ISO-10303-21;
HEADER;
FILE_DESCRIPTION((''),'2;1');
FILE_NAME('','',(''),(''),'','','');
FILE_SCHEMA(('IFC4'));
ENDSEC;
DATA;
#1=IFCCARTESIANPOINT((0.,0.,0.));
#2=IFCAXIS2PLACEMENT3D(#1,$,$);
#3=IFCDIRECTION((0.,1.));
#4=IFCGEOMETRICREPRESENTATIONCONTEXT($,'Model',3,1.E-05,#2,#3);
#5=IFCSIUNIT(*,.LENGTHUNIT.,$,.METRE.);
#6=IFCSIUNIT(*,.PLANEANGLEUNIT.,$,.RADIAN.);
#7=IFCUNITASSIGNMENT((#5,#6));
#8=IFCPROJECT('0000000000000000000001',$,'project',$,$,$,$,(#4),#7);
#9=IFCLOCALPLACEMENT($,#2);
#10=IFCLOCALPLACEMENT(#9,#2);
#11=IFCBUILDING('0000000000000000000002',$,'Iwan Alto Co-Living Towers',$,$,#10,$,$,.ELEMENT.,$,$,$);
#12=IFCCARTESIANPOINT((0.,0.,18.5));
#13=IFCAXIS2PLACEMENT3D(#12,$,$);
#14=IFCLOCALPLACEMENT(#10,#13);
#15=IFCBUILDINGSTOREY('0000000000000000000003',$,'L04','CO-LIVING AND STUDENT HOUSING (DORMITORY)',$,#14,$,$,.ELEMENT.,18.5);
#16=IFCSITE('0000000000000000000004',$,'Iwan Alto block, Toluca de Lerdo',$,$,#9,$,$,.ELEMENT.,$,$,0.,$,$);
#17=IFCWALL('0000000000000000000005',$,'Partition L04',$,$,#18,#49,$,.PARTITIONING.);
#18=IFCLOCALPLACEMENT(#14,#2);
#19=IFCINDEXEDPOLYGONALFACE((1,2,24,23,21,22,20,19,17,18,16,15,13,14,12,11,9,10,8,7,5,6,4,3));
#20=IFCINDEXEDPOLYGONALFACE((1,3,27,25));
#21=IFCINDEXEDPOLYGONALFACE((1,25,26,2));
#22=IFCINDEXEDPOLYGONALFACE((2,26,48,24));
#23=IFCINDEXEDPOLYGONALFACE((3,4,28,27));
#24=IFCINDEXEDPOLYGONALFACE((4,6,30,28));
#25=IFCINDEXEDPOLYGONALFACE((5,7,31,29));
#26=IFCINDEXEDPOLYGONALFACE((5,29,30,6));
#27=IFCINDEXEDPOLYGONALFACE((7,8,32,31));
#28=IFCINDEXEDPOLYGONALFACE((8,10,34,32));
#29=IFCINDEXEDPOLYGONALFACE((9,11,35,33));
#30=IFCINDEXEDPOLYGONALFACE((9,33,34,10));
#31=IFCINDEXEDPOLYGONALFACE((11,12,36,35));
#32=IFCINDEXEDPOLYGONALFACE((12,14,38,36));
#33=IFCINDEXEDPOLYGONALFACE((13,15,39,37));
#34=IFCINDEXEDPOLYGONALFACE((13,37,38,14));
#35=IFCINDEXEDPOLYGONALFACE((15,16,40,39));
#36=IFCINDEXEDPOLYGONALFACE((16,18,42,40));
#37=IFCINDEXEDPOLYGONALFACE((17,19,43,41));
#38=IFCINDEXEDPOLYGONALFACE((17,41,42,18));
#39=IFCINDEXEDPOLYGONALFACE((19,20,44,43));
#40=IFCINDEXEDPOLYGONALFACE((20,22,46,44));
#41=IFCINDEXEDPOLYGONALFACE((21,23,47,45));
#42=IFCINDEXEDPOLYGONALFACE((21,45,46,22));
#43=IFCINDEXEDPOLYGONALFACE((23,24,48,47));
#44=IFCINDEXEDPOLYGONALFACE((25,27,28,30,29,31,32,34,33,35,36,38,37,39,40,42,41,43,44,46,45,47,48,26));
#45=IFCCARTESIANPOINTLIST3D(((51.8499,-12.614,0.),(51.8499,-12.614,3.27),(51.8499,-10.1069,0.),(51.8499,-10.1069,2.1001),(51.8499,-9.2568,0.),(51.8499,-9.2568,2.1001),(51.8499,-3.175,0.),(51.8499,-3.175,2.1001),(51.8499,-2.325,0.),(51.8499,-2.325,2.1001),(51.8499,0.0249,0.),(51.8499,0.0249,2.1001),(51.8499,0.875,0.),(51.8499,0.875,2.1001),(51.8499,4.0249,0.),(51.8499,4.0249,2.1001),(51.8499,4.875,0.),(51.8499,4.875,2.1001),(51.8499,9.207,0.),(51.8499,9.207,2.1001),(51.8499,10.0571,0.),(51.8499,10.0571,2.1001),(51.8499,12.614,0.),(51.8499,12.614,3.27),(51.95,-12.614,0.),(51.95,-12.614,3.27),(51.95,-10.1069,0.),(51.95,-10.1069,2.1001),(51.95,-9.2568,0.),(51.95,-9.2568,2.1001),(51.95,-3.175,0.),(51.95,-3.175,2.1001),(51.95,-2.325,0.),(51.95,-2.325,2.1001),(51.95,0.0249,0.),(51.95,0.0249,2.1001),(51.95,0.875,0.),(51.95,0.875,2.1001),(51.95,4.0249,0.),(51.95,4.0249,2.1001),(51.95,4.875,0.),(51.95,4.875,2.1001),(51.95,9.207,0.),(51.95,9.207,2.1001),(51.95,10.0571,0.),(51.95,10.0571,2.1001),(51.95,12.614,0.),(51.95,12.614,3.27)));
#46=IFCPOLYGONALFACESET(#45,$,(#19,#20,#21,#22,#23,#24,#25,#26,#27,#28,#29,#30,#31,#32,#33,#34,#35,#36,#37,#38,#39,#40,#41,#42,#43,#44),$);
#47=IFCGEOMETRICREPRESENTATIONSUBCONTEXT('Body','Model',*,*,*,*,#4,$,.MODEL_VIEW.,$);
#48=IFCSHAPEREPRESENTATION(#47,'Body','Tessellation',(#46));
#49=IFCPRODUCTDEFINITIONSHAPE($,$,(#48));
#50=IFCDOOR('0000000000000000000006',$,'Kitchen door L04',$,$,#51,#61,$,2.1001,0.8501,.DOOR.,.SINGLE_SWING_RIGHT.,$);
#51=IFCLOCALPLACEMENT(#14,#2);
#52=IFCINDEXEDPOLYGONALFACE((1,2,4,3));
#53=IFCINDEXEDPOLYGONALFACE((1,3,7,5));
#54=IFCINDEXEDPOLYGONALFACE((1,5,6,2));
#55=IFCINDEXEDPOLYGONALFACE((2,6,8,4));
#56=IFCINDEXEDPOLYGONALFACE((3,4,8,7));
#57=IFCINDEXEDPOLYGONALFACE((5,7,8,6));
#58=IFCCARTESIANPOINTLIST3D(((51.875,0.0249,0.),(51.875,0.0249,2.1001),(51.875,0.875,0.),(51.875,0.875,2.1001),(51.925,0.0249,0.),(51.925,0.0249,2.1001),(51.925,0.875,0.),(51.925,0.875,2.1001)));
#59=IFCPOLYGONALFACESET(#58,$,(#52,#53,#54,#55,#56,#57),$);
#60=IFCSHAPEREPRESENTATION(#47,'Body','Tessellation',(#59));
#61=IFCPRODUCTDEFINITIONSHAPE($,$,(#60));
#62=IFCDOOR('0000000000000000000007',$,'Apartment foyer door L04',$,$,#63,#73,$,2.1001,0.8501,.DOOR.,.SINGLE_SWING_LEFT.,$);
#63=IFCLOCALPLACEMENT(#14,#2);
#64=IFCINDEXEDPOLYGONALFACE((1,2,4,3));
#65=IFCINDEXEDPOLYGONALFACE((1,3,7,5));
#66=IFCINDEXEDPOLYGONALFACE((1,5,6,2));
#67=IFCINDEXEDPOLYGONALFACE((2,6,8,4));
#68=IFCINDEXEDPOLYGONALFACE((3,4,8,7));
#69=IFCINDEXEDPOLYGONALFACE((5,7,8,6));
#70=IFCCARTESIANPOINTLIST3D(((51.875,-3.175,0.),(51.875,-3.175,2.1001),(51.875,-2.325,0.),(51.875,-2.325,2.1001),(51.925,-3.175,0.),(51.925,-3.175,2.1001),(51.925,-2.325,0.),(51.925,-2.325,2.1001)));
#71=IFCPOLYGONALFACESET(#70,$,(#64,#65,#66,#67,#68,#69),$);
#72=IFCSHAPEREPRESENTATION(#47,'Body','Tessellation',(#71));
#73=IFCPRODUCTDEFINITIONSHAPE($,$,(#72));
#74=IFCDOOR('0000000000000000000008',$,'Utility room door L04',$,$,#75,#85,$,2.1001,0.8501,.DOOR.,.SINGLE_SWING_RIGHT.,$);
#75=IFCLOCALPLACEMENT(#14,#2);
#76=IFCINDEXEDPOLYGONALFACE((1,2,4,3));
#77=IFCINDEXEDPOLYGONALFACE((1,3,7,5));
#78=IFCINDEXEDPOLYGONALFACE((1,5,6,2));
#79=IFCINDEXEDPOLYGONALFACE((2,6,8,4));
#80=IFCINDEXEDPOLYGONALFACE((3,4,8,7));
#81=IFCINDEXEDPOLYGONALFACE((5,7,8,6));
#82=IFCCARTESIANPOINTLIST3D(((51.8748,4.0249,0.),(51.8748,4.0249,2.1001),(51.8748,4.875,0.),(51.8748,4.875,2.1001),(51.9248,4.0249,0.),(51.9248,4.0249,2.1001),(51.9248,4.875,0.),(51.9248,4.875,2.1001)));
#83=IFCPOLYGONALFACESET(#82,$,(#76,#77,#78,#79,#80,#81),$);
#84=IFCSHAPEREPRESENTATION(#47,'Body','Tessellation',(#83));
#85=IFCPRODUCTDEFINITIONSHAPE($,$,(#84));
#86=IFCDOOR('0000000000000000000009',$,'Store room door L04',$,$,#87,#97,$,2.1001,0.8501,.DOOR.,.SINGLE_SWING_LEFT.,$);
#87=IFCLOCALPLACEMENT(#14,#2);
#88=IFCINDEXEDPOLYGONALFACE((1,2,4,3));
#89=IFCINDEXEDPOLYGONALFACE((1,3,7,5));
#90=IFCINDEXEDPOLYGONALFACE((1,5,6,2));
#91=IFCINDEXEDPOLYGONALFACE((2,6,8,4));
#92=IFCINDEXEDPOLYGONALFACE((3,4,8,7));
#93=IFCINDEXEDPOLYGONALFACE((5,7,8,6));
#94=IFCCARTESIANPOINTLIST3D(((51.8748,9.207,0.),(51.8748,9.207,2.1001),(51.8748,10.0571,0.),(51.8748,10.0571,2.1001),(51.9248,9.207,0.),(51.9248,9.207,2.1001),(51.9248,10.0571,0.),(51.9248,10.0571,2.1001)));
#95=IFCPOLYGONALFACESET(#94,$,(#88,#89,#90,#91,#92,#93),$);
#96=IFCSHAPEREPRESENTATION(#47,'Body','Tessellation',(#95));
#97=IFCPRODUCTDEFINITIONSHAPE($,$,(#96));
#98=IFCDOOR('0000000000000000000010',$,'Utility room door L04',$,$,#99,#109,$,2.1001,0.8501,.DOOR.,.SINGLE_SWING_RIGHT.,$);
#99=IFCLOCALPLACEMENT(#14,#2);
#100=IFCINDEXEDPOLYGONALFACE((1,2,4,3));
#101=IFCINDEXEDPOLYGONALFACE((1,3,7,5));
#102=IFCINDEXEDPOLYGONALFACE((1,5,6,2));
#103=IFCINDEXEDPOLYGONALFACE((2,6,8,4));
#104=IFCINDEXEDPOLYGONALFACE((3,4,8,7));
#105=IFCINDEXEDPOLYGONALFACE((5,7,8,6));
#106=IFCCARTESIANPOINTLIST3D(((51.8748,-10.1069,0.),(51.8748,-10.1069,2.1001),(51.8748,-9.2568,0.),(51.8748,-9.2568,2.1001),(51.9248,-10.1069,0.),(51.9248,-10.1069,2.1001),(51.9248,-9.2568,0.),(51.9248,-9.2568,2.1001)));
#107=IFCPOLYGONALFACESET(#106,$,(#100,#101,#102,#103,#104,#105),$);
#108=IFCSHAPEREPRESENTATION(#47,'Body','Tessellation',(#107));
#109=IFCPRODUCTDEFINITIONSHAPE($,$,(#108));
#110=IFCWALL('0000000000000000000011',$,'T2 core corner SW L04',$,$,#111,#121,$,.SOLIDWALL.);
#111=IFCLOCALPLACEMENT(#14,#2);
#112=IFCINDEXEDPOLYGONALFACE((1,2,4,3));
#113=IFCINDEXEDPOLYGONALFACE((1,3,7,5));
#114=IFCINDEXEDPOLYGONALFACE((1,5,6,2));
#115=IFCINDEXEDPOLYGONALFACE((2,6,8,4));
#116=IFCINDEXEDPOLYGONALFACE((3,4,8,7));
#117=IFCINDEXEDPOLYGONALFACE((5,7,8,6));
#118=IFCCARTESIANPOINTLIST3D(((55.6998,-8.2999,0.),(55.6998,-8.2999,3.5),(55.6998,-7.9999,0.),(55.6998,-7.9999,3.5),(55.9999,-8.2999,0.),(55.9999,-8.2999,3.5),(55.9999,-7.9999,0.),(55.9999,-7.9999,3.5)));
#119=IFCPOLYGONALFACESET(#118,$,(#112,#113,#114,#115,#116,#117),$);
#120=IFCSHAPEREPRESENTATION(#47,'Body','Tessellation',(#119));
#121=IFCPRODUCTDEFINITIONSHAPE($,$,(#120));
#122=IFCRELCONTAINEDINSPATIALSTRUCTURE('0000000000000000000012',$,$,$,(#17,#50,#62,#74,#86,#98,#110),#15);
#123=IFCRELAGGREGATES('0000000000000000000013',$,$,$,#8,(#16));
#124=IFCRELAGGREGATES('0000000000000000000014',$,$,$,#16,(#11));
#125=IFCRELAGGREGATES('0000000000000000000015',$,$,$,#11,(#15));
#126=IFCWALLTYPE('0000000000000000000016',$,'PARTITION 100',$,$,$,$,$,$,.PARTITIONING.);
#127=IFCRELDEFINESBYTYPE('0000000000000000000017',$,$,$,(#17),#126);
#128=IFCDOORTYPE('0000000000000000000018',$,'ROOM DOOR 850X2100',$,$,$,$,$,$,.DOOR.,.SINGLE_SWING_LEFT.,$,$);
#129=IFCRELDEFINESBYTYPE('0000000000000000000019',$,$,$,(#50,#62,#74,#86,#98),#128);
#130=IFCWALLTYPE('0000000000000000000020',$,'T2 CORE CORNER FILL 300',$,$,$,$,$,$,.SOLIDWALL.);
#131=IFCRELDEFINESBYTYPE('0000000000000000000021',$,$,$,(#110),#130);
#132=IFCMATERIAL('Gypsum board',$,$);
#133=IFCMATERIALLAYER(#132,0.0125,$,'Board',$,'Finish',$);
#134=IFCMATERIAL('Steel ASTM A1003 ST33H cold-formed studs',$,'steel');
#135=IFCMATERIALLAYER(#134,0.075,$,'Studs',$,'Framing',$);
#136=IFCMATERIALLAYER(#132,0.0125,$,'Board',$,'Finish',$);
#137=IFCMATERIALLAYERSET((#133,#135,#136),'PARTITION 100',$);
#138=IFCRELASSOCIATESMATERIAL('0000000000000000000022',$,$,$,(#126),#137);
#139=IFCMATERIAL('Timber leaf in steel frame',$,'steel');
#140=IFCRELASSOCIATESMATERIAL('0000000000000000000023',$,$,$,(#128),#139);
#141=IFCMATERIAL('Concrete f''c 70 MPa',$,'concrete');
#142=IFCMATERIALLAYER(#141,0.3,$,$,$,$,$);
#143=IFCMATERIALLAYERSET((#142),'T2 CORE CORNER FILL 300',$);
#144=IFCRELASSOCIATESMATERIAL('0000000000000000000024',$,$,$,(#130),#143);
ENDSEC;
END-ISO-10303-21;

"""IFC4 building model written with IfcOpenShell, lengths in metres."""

from ifc_helpers import new_model, si_unit, direction, frame, frame_2d, origin, place, context, subcontext, project, spatial, rectangle, extrude, material, layer, layer_set, type_object, element, fill, save


model = new_model("IFC4")

# Units and contexts
model_context = context("Model", 3, precision=1e-05, world=origin(), true_north=direction((0.0, 1.0)))
body_context = subcontext(model_context, "Body", "Model", "MODEL_VIEW")
ifc_project = project(units=[si_unit("LENGTHUNIT", "METRE"), si_unit("PLANEANGLEUNIT", "RADIAN")], contexts=[model_context])

# Site, building, storey
site_placement = place(None, origin())
site = spatial("IfcSite", under=ifc_project, at=site_placement, Name="Iwan Alto block, Toluca de Lerdo", CompositionType="ELEMENT", RefElevation=0.0)
building_placement = place(site_placement, origin())
building = spatial("IfcBuilding", under=site, at=building_placement, Name="Iwan Alto Co-Living Towers", CompositionType="ELEMENT")
storey_placement = place(building_placement, frame((0.0, 0.0, 18.5)))
storey = spatial("IfcBuildingStorey", under=building, at=storey_placement, Name="L04", Description="CO-LIVING AND STUDENT HOUSING (DORMITORY)", CompositionType="ELEMENT", Elevation=18.5)

# Shared definitions
ifc_material_1 = material(Name="Gypsum board")
ifc_material_2 = material(Name="Steel ASTM A1003 ST33H cold-formed studs", Category="steel")

# Wall, openings, doors
ifc_layer_1 = layer(ifc_material_1, 0.0125, Name="Board", Category="Finish")
ifc_layer_2 = layer(ifc_material_2, 0.075, Name="Studs", Category="Framing")
ifc_layer_3 = layer(ifc_material_1, 0.0125, Name="Board", Category="Finish")
ifc_layer_set_1 = layer_set([ifc_layer_1, ifc_layer_2, ifc_layer_3], Name="PARTITION 100")
wall_type_1 = type_object("IfcWallType", Name="PARTITION 100", PredefinedType="PARTITIONING", material=ifc_layer_set_1)
wall_1_placement = place(storey_placement, frame((51.8999, -12.614, 0.0), z_axis=(0.0, 0.0, 1.0), x_axis=(0.0, 1.0, 0.0)))
wall_1 = element("IfcWall", 1, at=wall_1_placement, inside=storey, type_object=wall_type_1, Name="Partition L04", PredefinedType="PARTITIONING", context=body_context, shape_type="SweptSolid", body=[
    extrude(rectangle(XDim=25.228, YDim=0.1001, at=frame_2d((12.614, 0.0))), origin(), (0.0, 0.0, 1.0), 3.27),
])
opening_1_placement = place(wall_1_placement, frame((12.6389, 0.0, 0.0)))
opening_1 = element("IfcOpeningElement", 2, at=opening_1_placement, cuts=wall_1, PredefinedType="OPENING", context=body_context, shape_type="SweptSolid", body=[
    extrude(rectangle(XDim=0.8501, YDim=2.1001, at=frame_2d((0.425, 1.05))), frame((0.0, 0.0601, 0.0), z_axis=(0.0, -1.0, 0.0), x_axis=(1.0, 0.0, 0.0)), (0.0, 0.0, 1.0), 0.1201),
])
opening_2_placement = place(wall_1_placement, frame((9.439, 0.0, 0.0)))
opening_2 = element("IfcOpeningElement", 3, at=opening_2_placement, cuts=wall_1, PredefinedType="OPENING", context=body_context, shape_type="SweptSolid", body=[
    extrude(rectangle(XDim=0.8501, YDim=2.1001, at=frame_2d((0.425, 1.05))), frame((0.0, 0.0601, 0.0), z_axis=(0.0, -1.0, 0.0), x_axis=(1.0, 0.0, 0.0)), (0.0, 0.0, 1.0), 0.1201),
])
opening_3_placement = place(wall_1_placement, frame((16.6389, 0.0, 0.0)))
opening_3 = element("IfcOpeningElement", 4, at=opening_3_placement, cuts=wall_1, PredefinedType="OPENING", context=body_context, shape_type="SweptSolid", body=[
    extrude(rectangle(XDim=0.8501, YDim=2.1001, at=frame_2d((0.425, 1.05))), frame((0.0, 0.0601, 0.0), z_axis=(0.0, -1.0, 0.0), x_axis=(1.0, 0.0, 0.0)), (0.0, 0.0, 1.0), 0.1201),
])
opening_4_placement = place(wall_1_placement, frame((21.821, 0.0, 0.0)))
opening_4 = element("IfcOpeningElement", 5, at=opening_4_placement, cuts=wall_1, PredefinedType="OPENING", context=body_context, shape_type="SweptSolid", body=[
    extrude(rectangle(XDim=0.8501, YDim=2.1001, at=frame_2d((0.425, 1.05))), frame((0.0, 0.0601, 0.0), z_axis=(0.0, -1.0, 0.0), x_axis=(1.0, 0.0, 0.0)), (0.0, 0.0, 1.0), 0.1201),
])
opening_5_placement = place(wall_1_placement, frame((2.5071, 0.0, 0.0)))
opening_5 = element("IfcOpeningElement", 6, at=opening_5_placement, cuts=wall_1, PredefinedType="OPENING", context=body_context, shape_type="SweptSolid", body=[
    extrude(rectangle(XDim=0.8501, YDim=2.1001, at=frame_2d((0.425, 1.05))), frame((0.0, 0.0601, 0.0), z_axis=(0.0, -1.0, 0.0), x_axis=(1.0, 0.0, 0.0)), (0.0, 0.0, 1.0), 0.1201),
])
ifc_material_3 = material(Name="Timber leaf in steel frame", Category="steel")
door_type_1 = type_object("IfcDoorType", Name="ROOM DOOR 850X2100", OperationType="SINGLE_SWING_LEFT", PredefinedType="DOOR", material=ifc_material_3)
door_1_placement = place(opening_1_placement, origin())
door_1 = element("IfcDoor", 7, at=door_1_placement, inside=storey, type_object=door_type_1, Name="Kitchen door L04", OperationType="SINGLE_SWING_RIGHT", OverallHeight=2.1001, OverallWidth=0.8501, PredefinedType="DOOR", context=body_context, shape_type="SweptSolid", body=[
    extrude(rectangle(XDim=0.8501, YDim=2.1001, at=frame_2d((0.425, 1.05))), frame((0.0, 0.0249, 0.0), z_axis=(0.0, -1.0, 0.0), x_axis=(1.0, 0.0, 0.0)), (0.0, 0.0, 1.0), 0.05),
])
fill(opening_1, door_1)
door_2_placement = place(opening_2_placement, origin())
door_2 = element("IfcDoor", 8, at=door_2_placement, inside=storey, type_object=door_type_1, Name="Apartment foyer door L04", OperationType="SINGLE_SWING_LEFT", OverallHeight=2.1001, OverallWidth=0.8501, PredefinedType="DOOR", context=body_context, shape_type="SweptSolid", body=[
    extrude(rectangle(XDim=0.8501, YDim=2.1001, at=frame_2d((0.425, 1.05))), frame((0.0, 0.0249, 0.0), z_axis=(0.0, -1.0, 0.0), x_axis=(1.0, 0.0, 0.0)), (0.0, 0.0, 1.0), 0.05),
])
fill(opening_2, door_2)
door_3_placement = place(opening_3_placement, frame((0.8501, 0.0, 0.0), z_axis=(0.0, 0.0, 1.0), x_axis=(-1.0, 0.0, 0.0)))
door_3 = element("IfcDoor", 9, at=door_3_placement, inside=storey, type_object=door_type_1, Name="Utility room door L04", OperationType="SINGLE_SWING_RIGHT", OverallHeight=2.1001, OverallWidth=0.8501, PredefinedType="DOOR", context=body_context, shape_type="SweptSolid", body=[
    extrude(rectangle(XDim=0.8501, YDim=2.1001, at=frame_2d((0.425, 1.05))), frame((0.0, 0.0249, 0.0), z_axis=(0.0, -1.0, 0.0), x_axis=(1.0, 0.0, 0.0)), (0.0, 0.0, 1.0), 0.05),
])
fill(opening_3, door_3)
door_4_placement = place(opening_4_placement, frame((0.8501, 0.0, 0.0), z_axis=(0.0, 0.0, 1.0), x_axis=(-1.0, 0.0, 0.0)))
door_4 = element("IfcDoor", 10, at=door_4_placement, inside=storey, type_object=door_type_1, Name="Store room door L04", OperationType="SINGLE_SWING_LEFT", OverallHeight=2.1001, OverallWidth=0.8501, PredefinedType="DOOR", context=body_context, shape_type="SweptSolid", body=[
    extrude(rectangle(XDim=0.8501, YDim=2.1001, at=frame_2d((0.425, 1.05))), frame((0.0, 0.0249, 0.0), z_axis=(0.0, -1.0, 0.0), x_axis=(1.0, 0.0, 0.0)), (0.0, 0.0, 1.0), 0.05),
])
fill(opening_4, door_4)
door_5_placement = place(opening_5_placement, frame((0.8501, 0.0, 0.0), z_axis=(0.0, 0.0, 1.0), x_axis=(-1.0, 0.0, 0.0)))
door_5 = element("IfcDoor", 11, at=door_5_placement, inside=storey, type_object=door_type_1, Name="Utility room door L04", OperationType="SINGLE_SWING_RIGHT", OverallHeight=2.1001, OverallWidth=0.8501, PredefinedType="DOOR", context=body_context, shape_type="SweptSolid", body=[
    extrude(rectangle(XDim=0.8501, YDim=2.1001, at=frame_2d((0.425, 1.05))), frame((0.0, 0.0249, 0.0), z_axis=(0.0, -1.0, 0.0), x_axis=(1.0, 0.0, 0.0)), (0.0, 0.0, 1.0), 0.05),
])
fill(opening_5, door_5)

# Wall
ifc_material_4 = material(Name="Concrete f'c 70 MPa", Category="concrete")
ifc_layer_4 = layer(ifc_material_4, 0.3)
ifc_layer_set_2 = layer_set([ifc_layer_4], Name="T2 CORE CORNER FILL 300")
wall_type_2 = type_object("IfcWallType", Name="T2 CORE CORNER FILL 300", PredefinedType="SOLIDWALL", material=ifc_layer_set_2)
wall_2_placement = place(storey_placement, frame((55.7, -8.1499, 0.0), z_axis=(0.0, 0.0, 1.0), x_axis=(1.0, 0.0, 0.0)))
element("IfcWall", 12, at=wall_2_placement, inside=storey, type_object=wall_type_2, Name="T2 core corner SW L04", PredefinedType="SOLIDWALL", context=body_context, shape_type="SweptSolid", body=[
    extrude(rectangle(XDim=0.3, YDim=0.3, at=frame_2d((0.1499, 0.0))), origin(), (0.0, 0.0, 1.0), 3.5),
])

save(model, "model.ifc")
